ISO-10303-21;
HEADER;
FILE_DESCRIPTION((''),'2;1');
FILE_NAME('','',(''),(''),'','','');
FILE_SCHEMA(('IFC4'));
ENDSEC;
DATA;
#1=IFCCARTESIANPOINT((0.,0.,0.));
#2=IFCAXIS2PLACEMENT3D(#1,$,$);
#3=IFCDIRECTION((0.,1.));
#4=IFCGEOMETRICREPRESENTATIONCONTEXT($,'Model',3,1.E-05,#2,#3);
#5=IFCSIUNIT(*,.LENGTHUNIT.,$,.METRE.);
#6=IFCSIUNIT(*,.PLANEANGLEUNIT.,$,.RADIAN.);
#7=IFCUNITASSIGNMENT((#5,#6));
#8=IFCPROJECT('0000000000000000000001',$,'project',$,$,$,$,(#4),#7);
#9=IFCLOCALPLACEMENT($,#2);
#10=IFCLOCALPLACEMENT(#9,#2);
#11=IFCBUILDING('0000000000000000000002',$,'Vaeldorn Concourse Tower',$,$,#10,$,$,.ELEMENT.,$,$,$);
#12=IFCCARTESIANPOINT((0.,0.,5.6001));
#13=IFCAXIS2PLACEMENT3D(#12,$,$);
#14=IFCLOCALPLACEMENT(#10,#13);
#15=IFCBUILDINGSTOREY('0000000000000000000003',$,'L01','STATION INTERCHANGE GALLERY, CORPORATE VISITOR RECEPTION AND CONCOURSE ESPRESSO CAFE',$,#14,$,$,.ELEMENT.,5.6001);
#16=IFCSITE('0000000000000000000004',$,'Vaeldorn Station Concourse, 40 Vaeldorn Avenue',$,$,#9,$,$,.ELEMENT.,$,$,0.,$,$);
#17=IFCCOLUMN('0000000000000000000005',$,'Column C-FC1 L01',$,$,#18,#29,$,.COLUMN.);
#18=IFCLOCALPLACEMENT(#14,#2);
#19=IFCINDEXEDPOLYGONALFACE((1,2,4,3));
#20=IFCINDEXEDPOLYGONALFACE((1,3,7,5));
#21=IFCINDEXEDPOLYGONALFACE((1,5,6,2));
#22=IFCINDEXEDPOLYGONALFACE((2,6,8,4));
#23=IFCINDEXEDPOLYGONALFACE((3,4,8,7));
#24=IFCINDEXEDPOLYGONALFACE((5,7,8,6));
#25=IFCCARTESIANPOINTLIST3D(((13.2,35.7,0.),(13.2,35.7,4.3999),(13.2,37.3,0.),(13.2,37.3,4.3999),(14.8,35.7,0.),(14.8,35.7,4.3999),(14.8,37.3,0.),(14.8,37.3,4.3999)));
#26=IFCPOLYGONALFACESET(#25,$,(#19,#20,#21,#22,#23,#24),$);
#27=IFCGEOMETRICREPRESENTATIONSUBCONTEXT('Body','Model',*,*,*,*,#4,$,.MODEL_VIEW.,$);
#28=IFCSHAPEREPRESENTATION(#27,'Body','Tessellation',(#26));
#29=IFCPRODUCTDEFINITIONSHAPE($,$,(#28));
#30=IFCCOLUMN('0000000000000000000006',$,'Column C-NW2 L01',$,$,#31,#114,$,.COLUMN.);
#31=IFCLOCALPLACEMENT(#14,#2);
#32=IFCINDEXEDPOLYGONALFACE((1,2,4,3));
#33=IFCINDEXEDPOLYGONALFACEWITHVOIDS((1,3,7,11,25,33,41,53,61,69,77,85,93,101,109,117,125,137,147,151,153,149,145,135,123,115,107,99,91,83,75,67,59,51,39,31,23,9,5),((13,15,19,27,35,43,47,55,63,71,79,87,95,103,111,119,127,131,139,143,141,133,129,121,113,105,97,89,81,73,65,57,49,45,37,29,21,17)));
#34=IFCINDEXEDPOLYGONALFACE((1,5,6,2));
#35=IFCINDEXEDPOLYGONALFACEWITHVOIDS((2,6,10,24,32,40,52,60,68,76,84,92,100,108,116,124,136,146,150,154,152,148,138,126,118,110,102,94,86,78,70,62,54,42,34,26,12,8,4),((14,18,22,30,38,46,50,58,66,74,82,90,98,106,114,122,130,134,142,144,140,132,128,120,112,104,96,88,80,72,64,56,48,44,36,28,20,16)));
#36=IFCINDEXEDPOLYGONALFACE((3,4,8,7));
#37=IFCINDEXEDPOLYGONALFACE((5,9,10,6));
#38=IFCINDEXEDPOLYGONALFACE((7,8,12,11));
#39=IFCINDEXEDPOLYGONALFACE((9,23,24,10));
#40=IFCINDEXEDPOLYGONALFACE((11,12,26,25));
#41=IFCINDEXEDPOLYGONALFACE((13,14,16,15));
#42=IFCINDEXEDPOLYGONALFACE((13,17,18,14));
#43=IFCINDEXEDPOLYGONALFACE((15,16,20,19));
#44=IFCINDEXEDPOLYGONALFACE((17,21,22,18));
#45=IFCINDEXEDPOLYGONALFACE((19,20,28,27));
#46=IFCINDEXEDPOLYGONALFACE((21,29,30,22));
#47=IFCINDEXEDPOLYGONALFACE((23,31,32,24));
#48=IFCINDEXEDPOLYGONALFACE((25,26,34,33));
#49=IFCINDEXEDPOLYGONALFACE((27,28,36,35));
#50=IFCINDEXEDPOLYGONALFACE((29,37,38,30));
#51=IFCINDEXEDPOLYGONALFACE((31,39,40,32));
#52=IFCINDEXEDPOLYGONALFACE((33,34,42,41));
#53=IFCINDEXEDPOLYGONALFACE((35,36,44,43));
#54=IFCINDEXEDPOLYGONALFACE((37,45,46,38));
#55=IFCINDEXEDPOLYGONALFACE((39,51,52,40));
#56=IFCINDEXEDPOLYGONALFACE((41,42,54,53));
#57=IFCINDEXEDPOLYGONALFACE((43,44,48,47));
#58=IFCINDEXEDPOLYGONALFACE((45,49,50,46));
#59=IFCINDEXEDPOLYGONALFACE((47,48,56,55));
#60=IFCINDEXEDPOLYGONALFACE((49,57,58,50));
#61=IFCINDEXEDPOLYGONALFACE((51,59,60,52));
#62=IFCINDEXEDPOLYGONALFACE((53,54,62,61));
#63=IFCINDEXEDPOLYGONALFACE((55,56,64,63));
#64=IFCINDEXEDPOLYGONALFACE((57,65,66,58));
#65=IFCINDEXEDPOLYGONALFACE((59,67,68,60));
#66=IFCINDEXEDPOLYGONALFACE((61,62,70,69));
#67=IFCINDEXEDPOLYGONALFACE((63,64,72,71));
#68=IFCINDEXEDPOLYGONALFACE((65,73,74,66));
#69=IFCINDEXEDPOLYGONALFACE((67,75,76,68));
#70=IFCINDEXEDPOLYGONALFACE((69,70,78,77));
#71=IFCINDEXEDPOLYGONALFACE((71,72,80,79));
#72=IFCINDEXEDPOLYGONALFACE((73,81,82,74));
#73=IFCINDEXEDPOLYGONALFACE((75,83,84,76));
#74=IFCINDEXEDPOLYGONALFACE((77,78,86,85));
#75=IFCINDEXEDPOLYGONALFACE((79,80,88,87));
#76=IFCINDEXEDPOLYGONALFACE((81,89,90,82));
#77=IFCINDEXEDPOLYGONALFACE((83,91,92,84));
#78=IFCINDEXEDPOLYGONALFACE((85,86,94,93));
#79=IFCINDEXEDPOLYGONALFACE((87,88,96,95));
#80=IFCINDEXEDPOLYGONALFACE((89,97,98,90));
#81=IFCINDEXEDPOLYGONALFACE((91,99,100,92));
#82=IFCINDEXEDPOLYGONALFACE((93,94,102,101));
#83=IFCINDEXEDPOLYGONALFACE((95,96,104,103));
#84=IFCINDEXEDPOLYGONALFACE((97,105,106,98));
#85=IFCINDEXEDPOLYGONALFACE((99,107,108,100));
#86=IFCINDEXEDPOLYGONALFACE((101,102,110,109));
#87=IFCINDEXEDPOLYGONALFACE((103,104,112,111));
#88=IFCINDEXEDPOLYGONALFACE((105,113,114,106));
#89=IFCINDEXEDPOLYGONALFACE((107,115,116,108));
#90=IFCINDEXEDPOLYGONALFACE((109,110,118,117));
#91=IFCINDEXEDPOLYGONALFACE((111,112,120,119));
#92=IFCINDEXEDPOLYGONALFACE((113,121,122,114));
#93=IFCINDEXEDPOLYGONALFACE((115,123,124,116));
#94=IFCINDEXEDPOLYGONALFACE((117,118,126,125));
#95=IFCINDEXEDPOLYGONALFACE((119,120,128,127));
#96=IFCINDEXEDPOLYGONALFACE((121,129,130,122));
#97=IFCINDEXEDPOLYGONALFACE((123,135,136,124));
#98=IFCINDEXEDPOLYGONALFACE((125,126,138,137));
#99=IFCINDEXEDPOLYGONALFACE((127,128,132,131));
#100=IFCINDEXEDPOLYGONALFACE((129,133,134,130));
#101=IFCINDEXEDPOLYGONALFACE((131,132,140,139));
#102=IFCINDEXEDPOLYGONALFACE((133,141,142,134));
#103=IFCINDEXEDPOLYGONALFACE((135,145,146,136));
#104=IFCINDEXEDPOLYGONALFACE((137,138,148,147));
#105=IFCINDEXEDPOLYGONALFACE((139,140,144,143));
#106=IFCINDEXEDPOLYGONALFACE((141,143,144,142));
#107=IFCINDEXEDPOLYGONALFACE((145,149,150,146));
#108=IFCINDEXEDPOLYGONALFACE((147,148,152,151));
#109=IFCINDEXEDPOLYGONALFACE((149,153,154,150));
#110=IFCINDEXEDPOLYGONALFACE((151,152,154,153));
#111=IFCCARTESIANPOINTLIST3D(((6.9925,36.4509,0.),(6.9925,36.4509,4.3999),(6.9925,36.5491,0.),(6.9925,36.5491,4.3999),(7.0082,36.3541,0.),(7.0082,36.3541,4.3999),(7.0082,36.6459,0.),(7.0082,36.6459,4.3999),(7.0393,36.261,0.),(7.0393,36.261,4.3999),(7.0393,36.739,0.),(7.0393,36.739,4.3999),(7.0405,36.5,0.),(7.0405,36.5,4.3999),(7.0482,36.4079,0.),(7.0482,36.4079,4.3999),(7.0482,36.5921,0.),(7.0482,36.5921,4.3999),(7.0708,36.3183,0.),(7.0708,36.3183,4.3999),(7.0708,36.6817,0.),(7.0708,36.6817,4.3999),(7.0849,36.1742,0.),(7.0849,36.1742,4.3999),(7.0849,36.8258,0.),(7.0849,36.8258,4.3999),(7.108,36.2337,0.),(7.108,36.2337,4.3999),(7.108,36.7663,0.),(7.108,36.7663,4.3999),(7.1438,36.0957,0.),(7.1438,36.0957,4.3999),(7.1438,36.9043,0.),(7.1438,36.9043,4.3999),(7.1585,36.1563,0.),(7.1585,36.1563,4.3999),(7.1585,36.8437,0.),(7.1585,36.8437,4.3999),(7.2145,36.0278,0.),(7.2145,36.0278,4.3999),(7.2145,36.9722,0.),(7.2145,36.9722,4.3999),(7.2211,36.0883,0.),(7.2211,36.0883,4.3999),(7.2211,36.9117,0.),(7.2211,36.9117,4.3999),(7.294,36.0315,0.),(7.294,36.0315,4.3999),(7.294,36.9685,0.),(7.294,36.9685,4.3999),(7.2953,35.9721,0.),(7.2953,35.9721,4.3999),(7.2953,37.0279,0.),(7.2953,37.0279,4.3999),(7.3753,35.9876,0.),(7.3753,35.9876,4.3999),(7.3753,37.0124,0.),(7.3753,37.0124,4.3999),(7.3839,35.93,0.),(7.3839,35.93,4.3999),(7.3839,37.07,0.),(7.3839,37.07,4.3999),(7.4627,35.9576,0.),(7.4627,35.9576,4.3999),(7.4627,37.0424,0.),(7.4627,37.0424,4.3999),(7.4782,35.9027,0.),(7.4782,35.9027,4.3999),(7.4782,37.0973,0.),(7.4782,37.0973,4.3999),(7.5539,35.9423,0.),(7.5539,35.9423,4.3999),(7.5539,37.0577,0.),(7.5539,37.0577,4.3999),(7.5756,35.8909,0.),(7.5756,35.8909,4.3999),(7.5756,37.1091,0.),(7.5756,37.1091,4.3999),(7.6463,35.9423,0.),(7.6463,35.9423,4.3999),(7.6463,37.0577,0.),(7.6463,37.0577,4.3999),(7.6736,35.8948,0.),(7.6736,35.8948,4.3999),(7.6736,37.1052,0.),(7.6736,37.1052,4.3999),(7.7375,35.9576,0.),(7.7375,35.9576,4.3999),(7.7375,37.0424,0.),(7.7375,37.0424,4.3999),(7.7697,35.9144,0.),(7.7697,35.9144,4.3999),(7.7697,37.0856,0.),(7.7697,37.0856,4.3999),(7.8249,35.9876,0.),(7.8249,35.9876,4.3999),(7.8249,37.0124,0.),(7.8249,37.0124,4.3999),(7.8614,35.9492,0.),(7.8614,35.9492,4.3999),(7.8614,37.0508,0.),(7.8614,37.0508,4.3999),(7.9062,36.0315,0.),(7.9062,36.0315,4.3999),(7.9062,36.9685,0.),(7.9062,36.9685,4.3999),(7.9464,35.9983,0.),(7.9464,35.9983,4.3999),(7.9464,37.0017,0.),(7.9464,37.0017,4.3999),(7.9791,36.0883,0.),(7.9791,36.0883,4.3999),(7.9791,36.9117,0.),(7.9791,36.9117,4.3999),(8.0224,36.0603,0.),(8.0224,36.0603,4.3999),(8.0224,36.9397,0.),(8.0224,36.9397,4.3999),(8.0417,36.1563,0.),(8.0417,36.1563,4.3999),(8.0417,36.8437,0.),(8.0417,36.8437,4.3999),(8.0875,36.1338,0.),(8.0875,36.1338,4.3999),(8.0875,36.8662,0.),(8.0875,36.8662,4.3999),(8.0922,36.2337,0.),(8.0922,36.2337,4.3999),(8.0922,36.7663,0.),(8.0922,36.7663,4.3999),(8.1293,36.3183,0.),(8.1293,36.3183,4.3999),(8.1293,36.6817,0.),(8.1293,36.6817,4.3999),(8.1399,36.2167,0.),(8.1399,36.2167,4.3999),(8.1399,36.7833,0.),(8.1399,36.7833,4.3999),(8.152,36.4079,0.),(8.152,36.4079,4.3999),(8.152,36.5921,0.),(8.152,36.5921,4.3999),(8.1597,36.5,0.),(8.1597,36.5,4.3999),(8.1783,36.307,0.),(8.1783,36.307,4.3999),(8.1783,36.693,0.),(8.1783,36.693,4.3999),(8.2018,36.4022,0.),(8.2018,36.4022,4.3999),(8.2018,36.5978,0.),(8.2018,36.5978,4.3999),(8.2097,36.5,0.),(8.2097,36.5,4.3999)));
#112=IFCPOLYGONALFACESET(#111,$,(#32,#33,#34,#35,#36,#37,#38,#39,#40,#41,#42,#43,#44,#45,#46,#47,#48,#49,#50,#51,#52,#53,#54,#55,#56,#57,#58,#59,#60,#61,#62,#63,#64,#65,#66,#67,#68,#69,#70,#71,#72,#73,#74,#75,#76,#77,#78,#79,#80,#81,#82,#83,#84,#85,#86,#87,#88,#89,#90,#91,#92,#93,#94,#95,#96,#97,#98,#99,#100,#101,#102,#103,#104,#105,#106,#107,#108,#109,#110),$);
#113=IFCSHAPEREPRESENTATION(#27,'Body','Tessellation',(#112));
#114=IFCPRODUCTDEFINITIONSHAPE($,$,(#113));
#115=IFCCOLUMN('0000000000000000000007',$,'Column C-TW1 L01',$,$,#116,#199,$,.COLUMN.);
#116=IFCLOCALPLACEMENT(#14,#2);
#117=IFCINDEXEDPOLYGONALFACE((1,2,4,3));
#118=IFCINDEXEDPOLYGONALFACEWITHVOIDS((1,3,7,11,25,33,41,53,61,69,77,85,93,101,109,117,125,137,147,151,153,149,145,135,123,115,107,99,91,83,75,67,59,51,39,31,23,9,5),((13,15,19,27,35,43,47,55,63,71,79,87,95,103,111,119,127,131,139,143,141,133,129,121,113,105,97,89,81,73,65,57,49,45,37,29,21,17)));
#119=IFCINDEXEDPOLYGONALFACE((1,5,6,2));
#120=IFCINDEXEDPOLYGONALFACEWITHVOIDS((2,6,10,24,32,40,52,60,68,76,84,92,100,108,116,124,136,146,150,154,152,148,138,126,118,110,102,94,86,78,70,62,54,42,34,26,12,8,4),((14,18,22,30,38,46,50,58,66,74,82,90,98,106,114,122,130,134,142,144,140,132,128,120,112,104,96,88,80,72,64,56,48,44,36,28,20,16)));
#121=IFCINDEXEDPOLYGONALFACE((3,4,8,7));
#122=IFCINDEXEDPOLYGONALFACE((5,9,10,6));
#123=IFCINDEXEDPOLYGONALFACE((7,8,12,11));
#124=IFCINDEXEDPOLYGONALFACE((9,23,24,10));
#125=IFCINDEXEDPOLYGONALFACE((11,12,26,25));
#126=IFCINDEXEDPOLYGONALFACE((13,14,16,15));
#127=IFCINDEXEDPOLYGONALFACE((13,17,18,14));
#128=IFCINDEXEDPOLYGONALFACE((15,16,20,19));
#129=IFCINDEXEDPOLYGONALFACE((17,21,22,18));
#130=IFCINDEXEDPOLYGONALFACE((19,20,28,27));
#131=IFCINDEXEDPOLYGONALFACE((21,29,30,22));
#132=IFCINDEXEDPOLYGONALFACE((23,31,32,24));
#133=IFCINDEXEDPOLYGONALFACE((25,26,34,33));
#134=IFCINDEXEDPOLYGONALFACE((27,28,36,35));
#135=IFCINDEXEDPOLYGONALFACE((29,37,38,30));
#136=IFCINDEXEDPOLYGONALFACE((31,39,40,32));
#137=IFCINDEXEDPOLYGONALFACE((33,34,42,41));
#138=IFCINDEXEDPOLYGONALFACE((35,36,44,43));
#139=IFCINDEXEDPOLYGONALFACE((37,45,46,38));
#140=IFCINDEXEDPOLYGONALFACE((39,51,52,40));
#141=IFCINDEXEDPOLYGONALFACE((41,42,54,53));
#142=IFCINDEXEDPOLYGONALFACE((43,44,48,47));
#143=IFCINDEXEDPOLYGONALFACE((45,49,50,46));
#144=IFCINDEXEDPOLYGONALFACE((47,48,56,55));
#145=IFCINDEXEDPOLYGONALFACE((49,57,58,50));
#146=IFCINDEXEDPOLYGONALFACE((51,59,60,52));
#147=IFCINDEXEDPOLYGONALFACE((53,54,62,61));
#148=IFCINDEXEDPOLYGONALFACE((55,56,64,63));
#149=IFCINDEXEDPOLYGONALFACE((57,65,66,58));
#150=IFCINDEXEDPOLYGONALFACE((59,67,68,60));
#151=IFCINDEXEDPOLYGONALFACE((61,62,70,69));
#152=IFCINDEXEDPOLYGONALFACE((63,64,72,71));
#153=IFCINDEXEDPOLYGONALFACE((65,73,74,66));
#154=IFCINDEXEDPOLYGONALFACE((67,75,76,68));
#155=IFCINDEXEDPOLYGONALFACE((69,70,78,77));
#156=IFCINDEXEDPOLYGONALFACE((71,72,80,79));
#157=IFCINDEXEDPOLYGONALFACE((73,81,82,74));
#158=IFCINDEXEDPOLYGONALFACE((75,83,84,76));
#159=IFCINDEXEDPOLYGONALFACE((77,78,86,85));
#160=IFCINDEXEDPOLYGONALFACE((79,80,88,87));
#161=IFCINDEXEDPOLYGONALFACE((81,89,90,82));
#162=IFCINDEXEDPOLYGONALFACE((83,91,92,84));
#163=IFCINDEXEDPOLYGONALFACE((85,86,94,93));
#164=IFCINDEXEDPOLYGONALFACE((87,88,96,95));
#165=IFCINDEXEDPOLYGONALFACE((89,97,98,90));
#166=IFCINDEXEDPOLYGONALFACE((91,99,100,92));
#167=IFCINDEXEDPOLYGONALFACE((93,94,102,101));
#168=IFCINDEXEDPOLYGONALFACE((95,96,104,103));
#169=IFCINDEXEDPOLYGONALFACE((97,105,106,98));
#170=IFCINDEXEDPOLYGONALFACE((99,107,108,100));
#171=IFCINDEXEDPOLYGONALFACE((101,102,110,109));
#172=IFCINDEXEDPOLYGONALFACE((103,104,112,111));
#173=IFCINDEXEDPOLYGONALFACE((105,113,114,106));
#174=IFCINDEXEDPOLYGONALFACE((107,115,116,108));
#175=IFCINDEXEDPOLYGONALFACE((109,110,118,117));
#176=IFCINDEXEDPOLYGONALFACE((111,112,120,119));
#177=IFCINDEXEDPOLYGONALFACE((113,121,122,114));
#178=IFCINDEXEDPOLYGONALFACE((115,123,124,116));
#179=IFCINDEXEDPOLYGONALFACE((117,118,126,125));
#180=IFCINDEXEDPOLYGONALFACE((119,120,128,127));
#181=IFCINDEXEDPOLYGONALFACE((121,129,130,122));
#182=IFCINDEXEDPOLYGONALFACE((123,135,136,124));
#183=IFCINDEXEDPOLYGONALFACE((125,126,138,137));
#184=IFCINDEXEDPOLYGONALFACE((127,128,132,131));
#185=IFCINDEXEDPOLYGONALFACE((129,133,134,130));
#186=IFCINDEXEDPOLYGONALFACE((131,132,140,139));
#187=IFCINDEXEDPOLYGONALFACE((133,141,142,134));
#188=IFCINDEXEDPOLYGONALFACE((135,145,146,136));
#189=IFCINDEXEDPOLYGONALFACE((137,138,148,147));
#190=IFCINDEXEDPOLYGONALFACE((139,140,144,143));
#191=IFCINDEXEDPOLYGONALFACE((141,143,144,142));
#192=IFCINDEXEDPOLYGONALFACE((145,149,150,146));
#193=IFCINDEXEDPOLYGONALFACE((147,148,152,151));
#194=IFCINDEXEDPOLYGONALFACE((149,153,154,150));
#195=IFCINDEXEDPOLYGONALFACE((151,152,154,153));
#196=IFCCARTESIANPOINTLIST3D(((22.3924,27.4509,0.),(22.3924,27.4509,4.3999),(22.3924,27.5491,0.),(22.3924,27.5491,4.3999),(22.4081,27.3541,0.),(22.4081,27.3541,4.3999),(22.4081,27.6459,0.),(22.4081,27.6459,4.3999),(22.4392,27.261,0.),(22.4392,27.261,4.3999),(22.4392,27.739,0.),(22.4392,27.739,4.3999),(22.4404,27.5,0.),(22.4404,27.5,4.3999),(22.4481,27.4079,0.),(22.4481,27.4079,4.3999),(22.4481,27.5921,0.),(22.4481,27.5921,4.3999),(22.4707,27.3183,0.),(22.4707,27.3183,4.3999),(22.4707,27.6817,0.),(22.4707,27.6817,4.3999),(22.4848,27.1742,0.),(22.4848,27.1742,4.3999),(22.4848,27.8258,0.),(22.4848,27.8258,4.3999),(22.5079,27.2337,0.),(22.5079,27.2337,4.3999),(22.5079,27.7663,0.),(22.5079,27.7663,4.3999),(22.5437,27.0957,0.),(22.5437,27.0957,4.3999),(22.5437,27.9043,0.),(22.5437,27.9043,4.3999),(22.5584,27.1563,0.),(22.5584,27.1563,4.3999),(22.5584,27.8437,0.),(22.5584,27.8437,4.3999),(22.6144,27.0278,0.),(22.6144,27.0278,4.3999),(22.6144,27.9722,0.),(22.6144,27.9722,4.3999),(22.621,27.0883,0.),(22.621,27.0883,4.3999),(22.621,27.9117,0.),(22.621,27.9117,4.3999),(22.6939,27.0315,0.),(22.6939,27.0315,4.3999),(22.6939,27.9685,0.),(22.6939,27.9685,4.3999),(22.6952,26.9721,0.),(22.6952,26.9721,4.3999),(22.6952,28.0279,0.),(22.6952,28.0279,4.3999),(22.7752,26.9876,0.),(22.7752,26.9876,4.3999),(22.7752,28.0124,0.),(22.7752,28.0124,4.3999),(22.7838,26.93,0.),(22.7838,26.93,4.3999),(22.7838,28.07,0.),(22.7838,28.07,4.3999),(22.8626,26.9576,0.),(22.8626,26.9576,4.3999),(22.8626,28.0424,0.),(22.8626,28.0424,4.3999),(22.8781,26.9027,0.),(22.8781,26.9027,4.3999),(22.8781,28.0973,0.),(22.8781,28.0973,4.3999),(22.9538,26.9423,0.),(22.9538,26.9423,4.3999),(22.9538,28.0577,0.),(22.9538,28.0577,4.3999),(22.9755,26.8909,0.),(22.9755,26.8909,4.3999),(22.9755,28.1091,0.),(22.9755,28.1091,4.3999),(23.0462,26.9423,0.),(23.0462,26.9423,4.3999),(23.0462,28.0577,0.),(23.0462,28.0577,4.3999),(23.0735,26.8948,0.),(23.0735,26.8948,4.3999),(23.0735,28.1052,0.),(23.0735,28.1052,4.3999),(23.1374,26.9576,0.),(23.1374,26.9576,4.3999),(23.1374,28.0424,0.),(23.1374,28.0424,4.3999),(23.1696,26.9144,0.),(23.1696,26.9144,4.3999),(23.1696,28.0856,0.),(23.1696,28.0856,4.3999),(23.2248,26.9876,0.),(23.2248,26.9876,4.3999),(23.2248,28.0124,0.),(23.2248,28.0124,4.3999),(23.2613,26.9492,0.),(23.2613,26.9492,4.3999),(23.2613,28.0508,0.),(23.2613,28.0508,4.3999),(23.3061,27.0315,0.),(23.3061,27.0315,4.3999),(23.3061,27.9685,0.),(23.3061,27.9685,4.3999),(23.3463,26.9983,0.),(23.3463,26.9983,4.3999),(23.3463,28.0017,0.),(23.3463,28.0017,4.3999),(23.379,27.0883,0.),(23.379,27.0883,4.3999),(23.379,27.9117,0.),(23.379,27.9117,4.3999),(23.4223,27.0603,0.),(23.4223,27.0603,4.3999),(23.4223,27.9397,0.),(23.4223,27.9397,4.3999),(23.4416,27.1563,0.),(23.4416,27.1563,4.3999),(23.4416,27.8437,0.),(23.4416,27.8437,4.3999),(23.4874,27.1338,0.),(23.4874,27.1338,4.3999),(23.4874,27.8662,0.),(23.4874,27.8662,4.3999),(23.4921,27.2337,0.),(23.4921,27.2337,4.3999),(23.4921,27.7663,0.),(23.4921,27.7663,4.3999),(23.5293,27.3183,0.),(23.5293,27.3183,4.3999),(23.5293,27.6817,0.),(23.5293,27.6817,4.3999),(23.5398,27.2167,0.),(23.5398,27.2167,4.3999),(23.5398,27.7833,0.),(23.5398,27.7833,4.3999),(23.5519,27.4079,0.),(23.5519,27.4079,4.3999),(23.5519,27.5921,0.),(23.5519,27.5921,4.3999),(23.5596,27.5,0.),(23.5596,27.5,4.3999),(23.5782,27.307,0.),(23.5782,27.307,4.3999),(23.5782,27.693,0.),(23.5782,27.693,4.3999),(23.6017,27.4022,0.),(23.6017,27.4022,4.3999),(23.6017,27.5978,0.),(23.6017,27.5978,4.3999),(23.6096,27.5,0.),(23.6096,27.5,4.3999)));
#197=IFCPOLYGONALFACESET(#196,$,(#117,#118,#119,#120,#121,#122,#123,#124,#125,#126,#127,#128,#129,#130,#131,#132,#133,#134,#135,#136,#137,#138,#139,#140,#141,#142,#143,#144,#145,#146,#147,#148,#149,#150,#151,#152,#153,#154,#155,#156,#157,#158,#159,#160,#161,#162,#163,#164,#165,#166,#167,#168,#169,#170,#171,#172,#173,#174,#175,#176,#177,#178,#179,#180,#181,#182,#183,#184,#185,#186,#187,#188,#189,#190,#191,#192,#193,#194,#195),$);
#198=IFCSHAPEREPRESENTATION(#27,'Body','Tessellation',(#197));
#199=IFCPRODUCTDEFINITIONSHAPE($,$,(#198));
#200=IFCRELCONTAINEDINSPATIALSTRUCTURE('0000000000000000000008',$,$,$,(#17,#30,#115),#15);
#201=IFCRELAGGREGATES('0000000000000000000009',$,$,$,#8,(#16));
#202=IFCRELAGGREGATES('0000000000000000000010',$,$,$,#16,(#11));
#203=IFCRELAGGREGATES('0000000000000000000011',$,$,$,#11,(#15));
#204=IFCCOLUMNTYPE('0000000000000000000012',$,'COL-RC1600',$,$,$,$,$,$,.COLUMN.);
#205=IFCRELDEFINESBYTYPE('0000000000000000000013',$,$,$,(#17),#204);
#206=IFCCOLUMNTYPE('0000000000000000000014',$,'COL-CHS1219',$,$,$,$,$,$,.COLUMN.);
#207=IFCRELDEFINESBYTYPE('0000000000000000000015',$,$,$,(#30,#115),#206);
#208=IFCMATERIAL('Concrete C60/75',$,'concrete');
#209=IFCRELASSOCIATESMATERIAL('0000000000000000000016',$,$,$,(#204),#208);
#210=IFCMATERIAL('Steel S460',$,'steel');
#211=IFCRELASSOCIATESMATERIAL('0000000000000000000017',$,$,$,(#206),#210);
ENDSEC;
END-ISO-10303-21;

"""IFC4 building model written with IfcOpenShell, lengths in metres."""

from ifc_helpers import new_model, si_unit, direction, frame, origin, origin_2d, place, context, subcontext, project, spatial, rectangle, hollow_circle, extrude, source, transform, mapped, material, material_profile, profile_set, type_object, element, save


model = new_model("IFC4")

# Units and contexts
model_context = context("Model", 3, precision=1e-05, world=origin(), true_north=direction((0.0, 1.0)))
body_context = subcontext(model_context, "Body", "Model", "MODEL_VIEW")
ifc_project = project(units=[si_unit("LENGTHUNIT", "METRE"), si_unit("PLANEANGLEUNIT", "RADIAN")], contexts=[model_context])

# Site, building, storey
site_placement = place(None, origin())
site = spatial("IfcSite", under=ifc_project, at=site_placement, Name="Vaeldorn Station Concourse, 40 Vaeldorn Avenue", CompositionType="ELEMENT", RefElevation=0.0)
building_placement = place(site_placement, origin())
building = spatial("IfcBuilding", under=site, at=building_placement, Name="Vaeldorn Concourse Tower", CompositionType="ELEMENT")
storey_placement = place(building_placement, frame((0.0, 0.0, 5.6001)))
storey = spatial("IfcBuildingStorey", under=building, at=storey_placement, Name="L01", Description="STATION INTERCHANGE GALLERY, CORPORATE VISITOR RECEPTION AND CONCOURSE ESPRESSO CAFE", CompositionType="ELEMENT", Elevation=5.6001)

# Columns
ifc_material_1 = material(Name="Concrete C60/75", Category="concrete")
ifc_material_profile_1 = material_profile(ifc_material_1, rectangle(XDim=1.6001, YDim=1.6001, at=origin_2d()), Name="RC 1600x1600")
ifc_profile_set_1 = profile_set([ifc_material_profile_1], Name="Concrete C60/75")
column_type_1 = type_object("IfcColumnType", Name="COL-RC1600", PredefinedType="COLUMN", material=ifc_profile_set_1)
shared_shape_1 = source(origin(), body_context, "Body", "SweptSolid", [
    extrude(rectangle(XDim=1.6001, YDim=1.6001, at=origin_2d()), origin(), (0.0, 0.0, 1.0), 4.3999),
])
column_1_placement = place(storey_placement, frame((14.0, 36.5, 0.0), z_axis=(0.0, 0.0, 1.0), x_axis=(1.0, 0.0, 0.0)))
element("IfcColumn", 1, at=column_1_placement, inside=storey, type_object=column_type_1, Name="Column C-FC1 L01", PredefinedType="COLUMN", context=body_context, shape_type="MappedRepresentation", body=[
    mapped(shared_shape_1, transform((0.0, 0.0, 0.0), scale=1.0)),
])
ifc_material_2 = material(Name="Steel S460", Category="steel")
ifc_material_profile_2 = material_profile(ifc_material_2, hollow_circle(Radius=0.6096, WallThickness=0.05, at=origin_2d()), Name="CHS 1219x50")
ifc_profile_set_2 = profile_set([ifc_material_profile_2], Name="Steel S460")
column_type_2 = type_object("IfcColumnType", Name="COL-CHS1219", PredefinedType="COLUMN", material=ifc_profile_set_2)
shared_shape_2 = source(origin(), body_context, "Body", "SweptSolid", [
    extrude(hollow_circle(Radius=0.6096, WallThickness=0.05, at=origin_2d()), origin(), (0.0, 0.0, 1.0), 4.3999),
])
for number, where, z_axis, x_axis, name in (
    (2, (7.6001, 36.5, 0.0), (0.0, 0.0, 1.0), (1.0, 0.0, 0.0), "Column C-NW2 L01"),
    (3, (23.0, 27.5, 0.0), (0.0, 0.0, 1.0), (1.0, 0.0, 0.0), "Column C-TW1 L01"),
):
    element("IfcColumn", number, at=place(storey_placement, frame(where, z_axis=z_axis, x_axis=x_axis)), inside=storey, type_object=column_type_2, Name=name, PredefinedType="COLUMN", context=body_context, shape_type="MappedRepresentation", body=[
        mapped(shared_shape_2, transform((0.0, 0.0, 0.0), scale=1.0)),
    ])

save(model, "model.ifc")
